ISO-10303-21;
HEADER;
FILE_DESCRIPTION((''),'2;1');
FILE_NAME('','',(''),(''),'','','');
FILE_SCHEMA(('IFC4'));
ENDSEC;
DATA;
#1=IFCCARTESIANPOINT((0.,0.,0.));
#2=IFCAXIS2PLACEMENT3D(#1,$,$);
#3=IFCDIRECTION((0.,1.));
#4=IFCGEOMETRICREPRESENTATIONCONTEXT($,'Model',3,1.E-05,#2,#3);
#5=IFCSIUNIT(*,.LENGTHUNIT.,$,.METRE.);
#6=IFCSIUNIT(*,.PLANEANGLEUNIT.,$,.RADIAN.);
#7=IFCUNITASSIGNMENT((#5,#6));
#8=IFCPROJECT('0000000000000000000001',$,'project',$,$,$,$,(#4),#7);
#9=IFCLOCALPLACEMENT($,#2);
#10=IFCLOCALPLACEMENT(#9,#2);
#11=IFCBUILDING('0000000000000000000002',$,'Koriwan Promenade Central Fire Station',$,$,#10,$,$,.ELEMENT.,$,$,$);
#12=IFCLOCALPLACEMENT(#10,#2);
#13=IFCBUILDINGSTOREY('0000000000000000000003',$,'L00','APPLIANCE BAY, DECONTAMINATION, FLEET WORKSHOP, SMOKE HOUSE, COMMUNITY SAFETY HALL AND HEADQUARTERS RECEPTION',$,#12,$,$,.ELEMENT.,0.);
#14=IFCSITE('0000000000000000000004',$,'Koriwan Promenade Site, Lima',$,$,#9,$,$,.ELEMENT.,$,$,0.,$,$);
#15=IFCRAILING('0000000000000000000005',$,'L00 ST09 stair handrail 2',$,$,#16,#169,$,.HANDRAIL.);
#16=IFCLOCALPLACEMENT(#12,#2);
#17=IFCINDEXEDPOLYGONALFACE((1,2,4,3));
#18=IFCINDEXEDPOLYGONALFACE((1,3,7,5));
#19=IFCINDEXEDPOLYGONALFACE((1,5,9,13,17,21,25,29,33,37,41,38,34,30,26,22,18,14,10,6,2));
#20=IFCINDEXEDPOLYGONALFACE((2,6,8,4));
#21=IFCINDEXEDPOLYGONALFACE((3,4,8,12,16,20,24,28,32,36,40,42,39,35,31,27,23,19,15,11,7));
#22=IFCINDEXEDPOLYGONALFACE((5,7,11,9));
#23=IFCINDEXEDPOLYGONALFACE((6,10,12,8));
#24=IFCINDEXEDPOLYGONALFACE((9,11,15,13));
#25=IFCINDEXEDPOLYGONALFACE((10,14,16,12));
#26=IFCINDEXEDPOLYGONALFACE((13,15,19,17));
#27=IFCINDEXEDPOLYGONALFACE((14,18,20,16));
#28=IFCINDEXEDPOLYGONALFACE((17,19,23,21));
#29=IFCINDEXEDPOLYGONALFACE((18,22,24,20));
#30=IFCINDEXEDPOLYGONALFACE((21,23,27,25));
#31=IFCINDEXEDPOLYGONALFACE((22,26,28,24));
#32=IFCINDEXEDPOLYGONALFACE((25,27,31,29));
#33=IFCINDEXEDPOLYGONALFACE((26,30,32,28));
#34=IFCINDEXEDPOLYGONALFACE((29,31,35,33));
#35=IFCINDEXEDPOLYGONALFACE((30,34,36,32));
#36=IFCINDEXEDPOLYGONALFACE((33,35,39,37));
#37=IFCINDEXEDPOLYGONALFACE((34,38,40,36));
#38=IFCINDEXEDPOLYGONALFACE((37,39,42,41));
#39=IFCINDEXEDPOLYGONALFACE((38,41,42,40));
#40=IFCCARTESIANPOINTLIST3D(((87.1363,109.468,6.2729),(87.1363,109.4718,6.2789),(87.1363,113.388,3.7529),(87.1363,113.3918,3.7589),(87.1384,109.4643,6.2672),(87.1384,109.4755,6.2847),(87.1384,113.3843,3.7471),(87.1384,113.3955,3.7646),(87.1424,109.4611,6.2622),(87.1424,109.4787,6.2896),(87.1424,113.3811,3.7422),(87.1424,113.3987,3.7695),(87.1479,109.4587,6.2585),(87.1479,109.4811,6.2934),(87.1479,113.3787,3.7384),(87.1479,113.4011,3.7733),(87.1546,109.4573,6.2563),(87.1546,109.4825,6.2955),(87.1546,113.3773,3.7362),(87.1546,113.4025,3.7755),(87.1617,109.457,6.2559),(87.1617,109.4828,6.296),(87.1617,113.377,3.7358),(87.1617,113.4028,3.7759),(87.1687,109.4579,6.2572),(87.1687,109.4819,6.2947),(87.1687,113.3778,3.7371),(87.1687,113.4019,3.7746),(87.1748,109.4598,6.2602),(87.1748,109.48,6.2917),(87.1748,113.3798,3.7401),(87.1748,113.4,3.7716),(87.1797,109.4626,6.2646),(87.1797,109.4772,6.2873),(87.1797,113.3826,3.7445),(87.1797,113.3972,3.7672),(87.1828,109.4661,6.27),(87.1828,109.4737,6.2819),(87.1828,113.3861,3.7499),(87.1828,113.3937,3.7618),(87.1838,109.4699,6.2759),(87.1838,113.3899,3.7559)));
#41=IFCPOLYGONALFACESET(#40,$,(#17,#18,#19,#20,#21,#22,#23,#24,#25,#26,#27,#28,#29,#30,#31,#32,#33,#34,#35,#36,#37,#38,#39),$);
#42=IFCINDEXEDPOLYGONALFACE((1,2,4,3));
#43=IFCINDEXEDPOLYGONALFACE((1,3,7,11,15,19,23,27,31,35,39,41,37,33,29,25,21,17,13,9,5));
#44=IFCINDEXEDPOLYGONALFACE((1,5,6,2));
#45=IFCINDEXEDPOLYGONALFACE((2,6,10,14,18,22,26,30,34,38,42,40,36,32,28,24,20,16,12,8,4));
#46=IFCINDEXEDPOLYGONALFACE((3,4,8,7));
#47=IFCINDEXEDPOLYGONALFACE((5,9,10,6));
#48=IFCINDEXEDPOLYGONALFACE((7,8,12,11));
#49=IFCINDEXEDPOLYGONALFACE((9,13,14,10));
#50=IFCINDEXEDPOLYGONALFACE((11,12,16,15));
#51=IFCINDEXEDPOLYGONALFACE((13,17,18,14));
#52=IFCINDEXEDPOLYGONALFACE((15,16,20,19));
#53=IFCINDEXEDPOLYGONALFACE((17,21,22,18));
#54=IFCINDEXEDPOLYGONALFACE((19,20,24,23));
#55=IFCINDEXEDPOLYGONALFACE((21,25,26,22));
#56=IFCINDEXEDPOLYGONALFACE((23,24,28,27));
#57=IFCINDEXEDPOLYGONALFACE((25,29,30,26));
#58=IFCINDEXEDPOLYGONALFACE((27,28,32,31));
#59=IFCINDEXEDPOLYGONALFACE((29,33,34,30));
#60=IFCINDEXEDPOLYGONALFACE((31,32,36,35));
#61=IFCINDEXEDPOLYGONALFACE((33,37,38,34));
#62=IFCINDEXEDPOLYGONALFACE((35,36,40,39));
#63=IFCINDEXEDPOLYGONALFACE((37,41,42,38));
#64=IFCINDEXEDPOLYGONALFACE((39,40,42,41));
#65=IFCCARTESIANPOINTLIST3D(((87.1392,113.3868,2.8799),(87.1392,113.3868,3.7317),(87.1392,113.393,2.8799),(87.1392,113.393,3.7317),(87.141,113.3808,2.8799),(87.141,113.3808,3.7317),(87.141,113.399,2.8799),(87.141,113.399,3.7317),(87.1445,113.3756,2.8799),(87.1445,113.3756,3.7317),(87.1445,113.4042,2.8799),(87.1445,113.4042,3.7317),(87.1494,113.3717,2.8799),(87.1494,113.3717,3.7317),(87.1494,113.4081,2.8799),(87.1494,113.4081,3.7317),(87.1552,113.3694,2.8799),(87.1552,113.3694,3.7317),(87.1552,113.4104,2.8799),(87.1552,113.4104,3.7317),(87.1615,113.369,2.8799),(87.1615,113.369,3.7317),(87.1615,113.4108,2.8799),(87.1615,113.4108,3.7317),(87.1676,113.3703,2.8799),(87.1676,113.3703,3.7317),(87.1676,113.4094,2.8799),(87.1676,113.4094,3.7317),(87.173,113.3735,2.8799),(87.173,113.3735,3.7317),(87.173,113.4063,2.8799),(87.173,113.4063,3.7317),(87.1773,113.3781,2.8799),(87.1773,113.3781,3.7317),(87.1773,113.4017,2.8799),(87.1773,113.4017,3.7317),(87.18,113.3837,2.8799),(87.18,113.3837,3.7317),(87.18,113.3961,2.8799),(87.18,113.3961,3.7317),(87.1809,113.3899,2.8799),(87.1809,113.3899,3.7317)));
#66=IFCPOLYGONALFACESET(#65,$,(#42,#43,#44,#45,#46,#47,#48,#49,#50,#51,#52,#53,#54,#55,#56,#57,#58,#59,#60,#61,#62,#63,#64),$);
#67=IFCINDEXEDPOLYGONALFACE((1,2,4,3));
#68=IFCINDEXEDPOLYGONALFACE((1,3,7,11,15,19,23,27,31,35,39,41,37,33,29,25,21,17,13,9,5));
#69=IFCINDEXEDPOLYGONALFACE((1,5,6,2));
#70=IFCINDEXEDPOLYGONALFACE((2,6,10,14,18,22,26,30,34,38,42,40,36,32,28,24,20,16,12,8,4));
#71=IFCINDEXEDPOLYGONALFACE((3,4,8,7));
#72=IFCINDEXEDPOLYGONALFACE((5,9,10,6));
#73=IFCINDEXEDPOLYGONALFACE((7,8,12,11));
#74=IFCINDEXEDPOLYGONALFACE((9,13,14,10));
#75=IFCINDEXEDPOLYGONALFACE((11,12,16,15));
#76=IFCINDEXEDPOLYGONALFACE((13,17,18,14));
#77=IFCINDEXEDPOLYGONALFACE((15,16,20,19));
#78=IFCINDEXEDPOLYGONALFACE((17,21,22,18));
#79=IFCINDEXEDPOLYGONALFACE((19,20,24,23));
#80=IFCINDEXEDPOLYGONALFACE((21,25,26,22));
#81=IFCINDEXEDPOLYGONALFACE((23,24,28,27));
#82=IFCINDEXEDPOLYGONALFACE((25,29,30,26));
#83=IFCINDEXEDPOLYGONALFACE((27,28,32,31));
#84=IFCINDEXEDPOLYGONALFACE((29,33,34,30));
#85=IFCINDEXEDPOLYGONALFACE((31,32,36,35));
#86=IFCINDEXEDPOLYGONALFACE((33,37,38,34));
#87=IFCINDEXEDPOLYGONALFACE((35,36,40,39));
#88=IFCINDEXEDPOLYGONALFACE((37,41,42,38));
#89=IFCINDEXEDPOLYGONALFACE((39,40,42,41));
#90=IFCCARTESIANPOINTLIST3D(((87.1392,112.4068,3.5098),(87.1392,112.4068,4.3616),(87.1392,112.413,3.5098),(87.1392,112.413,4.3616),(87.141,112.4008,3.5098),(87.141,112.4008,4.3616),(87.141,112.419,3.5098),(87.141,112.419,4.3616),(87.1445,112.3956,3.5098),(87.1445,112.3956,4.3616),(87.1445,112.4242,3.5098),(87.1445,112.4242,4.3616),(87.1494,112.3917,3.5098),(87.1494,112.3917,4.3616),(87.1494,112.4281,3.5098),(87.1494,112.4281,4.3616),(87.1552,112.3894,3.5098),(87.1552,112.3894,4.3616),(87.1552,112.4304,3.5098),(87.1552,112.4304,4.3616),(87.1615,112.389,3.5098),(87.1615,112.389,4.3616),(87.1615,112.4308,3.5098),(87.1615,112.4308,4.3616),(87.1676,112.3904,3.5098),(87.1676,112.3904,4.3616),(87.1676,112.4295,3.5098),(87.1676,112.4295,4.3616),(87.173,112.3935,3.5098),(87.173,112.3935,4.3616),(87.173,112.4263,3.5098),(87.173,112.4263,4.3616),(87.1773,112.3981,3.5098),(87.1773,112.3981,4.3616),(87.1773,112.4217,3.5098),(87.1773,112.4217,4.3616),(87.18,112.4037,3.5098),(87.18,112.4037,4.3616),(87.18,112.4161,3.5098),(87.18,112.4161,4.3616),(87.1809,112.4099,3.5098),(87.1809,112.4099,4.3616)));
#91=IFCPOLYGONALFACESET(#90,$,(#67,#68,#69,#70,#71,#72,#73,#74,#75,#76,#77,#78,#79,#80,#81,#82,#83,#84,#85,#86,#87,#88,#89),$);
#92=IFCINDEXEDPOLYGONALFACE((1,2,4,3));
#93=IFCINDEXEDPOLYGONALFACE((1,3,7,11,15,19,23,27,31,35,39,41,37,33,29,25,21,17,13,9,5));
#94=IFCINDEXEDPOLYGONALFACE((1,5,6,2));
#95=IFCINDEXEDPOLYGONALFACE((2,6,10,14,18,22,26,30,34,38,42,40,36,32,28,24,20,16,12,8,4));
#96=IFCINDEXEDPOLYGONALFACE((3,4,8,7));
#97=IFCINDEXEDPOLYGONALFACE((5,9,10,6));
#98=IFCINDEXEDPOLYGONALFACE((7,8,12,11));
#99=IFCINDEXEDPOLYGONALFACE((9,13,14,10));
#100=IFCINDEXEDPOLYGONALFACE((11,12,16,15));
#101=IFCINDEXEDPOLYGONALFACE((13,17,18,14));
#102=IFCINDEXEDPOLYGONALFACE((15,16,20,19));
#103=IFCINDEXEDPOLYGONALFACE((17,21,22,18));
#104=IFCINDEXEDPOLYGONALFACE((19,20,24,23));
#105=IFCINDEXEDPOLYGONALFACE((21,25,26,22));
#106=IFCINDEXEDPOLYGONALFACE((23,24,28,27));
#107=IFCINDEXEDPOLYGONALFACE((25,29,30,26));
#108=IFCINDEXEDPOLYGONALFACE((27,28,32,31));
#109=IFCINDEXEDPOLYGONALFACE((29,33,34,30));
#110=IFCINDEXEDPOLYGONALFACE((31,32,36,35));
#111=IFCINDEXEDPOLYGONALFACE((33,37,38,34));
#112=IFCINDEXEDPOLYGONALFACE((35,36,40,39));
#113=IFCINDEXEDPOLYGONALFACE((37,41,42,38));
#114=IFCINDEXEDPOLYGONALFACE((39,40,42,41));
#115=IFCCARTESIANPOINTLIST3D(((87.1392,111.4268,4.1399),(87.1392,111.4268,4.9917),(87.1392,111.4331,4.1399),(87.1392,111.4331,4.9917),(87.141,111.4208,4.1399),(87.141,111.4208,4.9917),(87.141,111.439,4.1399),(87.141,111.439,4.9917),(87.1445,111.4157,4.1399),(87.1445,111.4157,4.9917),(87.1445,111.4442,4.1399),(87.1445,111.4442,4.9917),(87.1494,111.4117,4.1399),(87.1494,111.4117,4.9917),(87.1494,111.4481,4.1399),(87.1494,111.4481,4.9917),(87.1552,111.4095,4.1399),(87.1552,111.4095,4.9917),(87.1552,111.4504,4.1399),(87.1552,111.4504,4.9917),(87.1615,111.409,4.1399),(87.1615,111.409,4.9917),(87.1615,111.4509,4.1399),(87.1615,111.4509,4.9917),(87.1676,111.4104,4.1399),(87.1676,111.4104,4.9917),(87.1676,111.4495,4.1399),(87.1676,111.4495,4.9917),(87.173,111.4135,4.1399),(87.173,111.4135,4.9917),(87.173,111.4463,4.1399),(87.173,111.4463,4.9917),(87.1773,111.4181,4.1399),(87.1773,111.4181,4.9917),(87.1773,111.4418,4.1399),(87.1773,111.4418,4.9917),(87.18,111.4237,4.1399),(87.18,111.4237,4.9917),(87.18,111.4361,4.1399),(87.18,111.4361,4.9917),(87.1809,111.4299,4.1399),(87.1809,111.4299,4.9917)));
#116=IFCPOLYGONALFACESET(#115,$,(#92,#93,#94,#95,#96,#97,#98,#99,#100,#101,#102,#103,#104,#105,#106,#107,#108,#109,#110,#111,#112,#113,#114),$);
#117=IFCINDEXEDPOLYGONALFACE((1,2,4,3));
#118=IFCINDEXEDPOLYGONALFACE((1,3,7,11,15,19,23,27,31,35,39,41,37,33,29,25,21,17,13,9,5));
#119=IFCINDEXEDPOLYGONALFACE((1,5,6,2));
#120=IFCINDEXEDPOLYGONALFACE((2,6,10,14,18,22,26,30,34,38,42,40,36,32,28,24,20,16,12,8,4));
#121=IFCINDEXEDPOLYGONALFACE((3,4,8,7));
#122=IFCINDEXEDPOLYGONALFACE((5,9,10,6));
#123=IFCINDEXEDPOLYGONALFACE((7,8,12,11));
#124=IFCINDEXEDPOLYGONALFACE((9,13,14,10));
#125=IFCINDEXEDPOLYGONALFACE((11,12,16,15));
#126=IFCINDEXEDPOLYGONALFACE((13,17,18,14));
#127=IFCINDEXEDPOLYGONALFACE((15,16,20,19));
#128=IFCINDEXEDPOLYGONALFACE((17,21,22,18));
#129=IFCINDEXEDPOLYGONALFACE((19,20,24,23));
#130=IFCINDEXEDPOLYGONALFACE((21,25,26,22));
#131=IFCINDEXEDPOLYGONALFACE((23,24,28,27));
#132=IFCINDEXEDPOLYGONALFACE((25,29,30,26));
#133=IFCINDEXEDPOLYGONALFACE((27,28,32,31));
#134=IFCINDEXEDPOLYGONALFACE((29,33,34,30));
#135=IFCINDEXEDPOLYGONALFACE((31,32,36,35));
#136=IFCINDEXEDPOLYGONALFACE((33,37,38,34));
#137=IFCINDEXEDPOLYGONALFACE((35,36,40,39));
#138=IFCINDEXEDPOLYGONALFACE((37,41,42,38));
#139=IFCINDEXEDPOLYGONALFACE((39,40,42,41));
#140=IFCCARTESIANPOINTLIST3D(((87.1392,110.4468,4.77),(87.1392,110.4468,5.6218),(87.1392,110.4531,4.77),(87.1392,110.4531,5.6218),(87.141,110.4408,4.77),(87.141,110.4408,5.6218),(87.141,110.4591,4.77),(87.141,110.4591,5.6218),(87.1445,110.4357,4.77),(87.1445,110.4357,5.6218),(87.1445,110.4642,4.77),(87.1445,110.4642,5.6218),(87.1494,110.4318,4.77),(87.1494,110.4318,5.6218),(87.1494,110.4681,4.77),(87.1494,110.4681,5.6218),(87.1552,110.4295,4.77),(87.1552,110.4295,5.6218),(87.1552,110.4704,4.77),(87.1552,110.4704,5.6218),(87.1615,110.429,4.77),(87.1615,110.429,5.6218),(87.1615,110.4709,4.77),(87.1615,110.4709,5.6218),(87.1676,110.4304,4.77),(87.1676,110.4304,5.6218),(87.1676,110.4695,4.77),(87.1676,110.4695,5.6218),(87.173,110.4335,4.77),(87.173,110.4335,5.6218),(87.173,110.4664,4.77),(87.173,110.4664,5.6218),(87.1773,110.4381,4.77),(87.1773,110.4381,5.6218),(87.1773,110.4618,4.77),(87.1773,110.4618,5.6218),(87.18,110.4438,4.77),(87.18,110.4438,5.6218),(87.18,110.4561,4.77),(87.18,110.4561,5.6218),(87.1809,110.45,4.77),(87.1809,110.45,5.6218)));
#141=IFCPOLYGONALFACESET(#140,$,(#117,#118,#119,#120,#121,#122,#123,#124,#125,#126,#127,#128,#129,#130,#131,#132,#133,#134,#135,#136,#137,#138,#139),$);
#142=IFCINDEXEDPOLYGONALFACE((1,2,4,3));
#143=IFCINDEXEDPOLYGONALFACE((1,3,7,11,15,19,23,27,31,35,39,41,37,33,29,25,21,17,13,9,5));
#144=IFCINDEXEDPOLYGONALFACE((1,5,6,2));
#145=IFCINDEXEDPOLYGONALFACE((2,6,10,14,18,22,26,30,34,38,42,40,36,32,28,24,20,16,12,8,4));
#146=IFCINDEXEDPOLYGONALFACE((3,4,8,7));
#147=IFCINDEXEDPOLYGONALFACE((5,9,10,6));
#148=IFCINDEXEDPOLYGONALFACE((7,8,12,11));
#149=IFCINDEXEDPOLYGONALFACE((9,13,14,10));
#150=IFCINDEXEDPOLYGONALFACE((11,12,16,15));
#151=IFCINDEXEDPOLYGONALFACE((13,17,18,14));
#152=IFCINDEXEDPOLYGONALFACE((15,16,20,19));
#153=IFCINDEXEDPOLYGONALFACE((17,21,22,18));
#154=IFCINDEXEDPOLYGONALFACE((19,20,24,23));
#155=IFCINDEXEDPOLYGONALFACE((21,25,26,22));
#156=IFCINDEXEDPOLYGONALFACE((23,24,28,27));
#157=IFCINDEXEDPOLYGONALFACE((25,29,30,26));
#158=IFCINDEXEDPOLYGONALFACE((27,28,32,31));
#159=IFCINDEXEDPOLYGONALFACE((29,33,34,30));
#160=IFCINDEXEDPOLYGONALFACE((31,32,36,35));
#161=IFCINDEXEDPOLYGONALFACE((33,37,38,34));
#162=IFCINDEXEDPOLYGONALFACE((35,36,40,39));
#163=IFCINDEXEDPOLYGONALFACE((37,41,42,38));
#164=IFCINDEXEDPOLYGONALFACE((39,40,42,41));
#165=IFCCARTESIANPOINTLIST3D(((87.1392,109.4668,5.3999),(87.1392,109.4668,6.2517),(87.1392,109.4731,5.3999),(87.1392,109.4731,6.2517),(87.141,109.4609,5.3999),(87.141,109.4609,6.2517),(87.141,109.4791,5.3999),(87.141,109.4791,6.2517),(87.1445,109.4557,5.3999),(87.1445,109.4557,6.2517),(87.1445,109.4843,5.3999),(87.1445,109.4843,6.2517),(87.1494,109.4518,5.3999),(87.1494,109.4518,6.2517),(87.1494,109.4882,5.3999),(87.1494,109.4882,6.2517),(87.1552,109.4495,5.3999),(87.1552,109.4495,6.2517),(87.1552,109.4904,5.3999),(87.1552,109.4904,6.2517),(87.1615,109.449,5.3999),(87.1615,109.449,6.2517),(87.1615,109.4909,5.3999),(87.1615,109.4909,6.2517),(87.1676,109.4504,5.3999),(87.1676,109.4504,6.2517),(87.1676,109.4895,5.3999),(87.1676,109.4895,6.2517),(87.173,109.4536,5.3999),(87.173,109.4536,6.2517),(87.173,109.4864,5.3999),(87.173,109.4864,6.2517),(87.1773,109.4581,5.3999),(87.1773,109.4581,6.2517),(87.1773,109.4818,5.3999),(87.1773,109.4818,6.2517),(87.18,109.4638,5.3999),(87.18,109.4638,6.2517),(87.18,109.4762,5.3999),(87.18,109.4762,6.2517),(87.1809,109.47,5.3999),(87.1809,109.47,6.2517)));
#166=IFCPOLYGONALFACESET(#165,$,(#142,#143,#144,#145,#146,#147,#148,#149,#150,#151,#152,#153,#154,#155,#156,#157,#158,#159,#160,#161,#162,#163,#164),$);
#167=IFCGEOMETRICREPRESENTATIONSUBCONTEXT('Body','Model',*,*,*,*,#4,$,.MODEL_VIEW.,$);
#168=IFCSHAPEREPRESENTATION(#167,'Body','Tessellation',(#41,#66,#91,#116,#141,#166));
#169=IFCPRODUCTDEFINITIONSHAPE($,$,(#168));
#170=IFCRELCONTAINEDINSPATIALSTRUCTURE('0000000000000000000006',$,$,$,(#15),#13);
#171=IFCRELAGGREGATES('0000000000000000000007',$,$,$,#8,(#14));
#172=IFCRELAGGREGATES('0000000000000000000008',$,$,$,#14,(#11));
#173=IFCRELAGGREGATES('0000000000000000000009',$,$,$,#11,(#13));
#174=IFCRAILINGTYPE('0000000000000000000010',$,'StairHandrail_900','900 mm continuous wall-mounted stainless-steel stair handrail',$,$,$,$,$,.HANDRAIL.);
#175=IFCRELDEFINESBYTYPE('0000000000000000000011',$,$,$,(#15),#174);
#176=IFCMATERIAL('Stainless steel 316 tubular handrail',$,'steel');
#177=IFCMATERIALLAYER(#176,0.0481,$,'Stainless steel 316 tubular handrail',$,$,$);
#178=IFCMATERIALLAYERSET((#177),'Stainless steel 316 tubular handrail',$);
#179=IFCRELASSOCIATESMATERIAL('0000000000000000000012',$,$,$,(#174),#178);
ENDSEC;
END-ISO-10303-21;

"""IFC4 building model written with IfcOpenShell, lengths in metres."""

from ifc_helpers import new_model, si_unit, direction, frame, origin, origin_2d, place, context, subcontext, project, spatial, circle, extrude, material, layer, layer_set, type_object, element, save


model = new_model("IFC4")

# Units and contexts
model_context = context("Model", 3, precision=1e-05, world=origin(), true_north=direction((0.0, 1.0)))
body_context = subcontext(model_context, "Body", "Model", "MODEL_VIEW")
ifc_project = project(units=[si_unit("LENGTHUNIT", "METRE"), si_unit("PLANEANGLEUNIT", "RADIAN")], contexts=[model_context])

# Site, building, storey
site_placement = place(None, origin())
site = spatial("IfcSite", under=ifc_project, at=site_placement, Name="Koriwan Promenade Site, Lima", CompositionType="ELEMENT", RefElevation=0.0)
building_placement = place(site_placement, origin())
building = spatial("IfcBuilding", under=site, at=building_placement, Name="Koriwan Promenade Central Fire Station", CompositionType="ELEMENT")
storey_placement = place(building_placement, origin())
storey = spatial("IfcBuildingStorey", under=building, at=storey_placement, Name="L00", Description="APPLIANCE BAY, DECONTAMINATION, FLEET WORKSHOP, SMOKE HOUSE, COMMUNITY SAFETY HALL AND HEADQUARTERS RECEPTION", CompositionType="ELEMENT", Elevation=0.0)

# Railing
ifc_material_1 = material(Name="Stainless steel 316 tubular handrail", Category="steel")
ifc_layer_1 = layer(ifc_material_1, 0.0481, Name="Stainless steel 316 tubular handrail")
ifc_layer_set_1 = layer_set([ifc_layer_1], Name="Stainless steel 316 tubular handrail")
railing_type = type_object("IfcRailingType", Name="StairHandrail_900", Description="900 mm continuous wall-mounted stainless-steel stair handrail", PredefinedType="HANDRAIL", material=ifc_layer_set_1)
railing_placement = place(storey_placement, frame((87.1599, 113.3899, 2.8799)))
element("IfcRailing", 1, at=railing_placement, inside=storey, type_object=railing_type, Name="L00 ST09 stair handrail 2", PredefinedType="HANDRAIL", context=body_context, shape_type="SweptSolid", body=[
    extrude(circle(Radius=0.0239, at=origin_2d()), frame((0.0, 0.0, 0.876), z_axis=(0.0, -0.841172, 0.540768), x_axis=(1.0, 0.0, 0.0)), (0.0, 0.0, 1.0), 4.6602),
    extrude(circle(Radius=0.021, at=origin_2d()), origin(), (0.0, 0.0, 1.0), 0.8518),
    extrude(circle(Radius=0.021, at=origin_2d()), frame((0.0, -0.98, 0.6299)), (0.0, 0.0, 1.0), 0.8518),
    extrude(circle(Radius=0.021, at=origin_2d()), frame((0.0, -1.96, 1.26)), (0.0, 0.0, 1.0), 0.8518),
    extrude(circle(Radius=0.021, at=origin_2d()), frame((0.0, -2.9399, 1.8901)), (0.0, 0.0, 1.0), 0.8518),
    extrude(circle(Radius=0.021, at=origin_2d()), frame((0.0, -3.9199, 2.52)), (0.0, 0.0, 1.0), 0.8518),
])

save(model, "model.ifc")
